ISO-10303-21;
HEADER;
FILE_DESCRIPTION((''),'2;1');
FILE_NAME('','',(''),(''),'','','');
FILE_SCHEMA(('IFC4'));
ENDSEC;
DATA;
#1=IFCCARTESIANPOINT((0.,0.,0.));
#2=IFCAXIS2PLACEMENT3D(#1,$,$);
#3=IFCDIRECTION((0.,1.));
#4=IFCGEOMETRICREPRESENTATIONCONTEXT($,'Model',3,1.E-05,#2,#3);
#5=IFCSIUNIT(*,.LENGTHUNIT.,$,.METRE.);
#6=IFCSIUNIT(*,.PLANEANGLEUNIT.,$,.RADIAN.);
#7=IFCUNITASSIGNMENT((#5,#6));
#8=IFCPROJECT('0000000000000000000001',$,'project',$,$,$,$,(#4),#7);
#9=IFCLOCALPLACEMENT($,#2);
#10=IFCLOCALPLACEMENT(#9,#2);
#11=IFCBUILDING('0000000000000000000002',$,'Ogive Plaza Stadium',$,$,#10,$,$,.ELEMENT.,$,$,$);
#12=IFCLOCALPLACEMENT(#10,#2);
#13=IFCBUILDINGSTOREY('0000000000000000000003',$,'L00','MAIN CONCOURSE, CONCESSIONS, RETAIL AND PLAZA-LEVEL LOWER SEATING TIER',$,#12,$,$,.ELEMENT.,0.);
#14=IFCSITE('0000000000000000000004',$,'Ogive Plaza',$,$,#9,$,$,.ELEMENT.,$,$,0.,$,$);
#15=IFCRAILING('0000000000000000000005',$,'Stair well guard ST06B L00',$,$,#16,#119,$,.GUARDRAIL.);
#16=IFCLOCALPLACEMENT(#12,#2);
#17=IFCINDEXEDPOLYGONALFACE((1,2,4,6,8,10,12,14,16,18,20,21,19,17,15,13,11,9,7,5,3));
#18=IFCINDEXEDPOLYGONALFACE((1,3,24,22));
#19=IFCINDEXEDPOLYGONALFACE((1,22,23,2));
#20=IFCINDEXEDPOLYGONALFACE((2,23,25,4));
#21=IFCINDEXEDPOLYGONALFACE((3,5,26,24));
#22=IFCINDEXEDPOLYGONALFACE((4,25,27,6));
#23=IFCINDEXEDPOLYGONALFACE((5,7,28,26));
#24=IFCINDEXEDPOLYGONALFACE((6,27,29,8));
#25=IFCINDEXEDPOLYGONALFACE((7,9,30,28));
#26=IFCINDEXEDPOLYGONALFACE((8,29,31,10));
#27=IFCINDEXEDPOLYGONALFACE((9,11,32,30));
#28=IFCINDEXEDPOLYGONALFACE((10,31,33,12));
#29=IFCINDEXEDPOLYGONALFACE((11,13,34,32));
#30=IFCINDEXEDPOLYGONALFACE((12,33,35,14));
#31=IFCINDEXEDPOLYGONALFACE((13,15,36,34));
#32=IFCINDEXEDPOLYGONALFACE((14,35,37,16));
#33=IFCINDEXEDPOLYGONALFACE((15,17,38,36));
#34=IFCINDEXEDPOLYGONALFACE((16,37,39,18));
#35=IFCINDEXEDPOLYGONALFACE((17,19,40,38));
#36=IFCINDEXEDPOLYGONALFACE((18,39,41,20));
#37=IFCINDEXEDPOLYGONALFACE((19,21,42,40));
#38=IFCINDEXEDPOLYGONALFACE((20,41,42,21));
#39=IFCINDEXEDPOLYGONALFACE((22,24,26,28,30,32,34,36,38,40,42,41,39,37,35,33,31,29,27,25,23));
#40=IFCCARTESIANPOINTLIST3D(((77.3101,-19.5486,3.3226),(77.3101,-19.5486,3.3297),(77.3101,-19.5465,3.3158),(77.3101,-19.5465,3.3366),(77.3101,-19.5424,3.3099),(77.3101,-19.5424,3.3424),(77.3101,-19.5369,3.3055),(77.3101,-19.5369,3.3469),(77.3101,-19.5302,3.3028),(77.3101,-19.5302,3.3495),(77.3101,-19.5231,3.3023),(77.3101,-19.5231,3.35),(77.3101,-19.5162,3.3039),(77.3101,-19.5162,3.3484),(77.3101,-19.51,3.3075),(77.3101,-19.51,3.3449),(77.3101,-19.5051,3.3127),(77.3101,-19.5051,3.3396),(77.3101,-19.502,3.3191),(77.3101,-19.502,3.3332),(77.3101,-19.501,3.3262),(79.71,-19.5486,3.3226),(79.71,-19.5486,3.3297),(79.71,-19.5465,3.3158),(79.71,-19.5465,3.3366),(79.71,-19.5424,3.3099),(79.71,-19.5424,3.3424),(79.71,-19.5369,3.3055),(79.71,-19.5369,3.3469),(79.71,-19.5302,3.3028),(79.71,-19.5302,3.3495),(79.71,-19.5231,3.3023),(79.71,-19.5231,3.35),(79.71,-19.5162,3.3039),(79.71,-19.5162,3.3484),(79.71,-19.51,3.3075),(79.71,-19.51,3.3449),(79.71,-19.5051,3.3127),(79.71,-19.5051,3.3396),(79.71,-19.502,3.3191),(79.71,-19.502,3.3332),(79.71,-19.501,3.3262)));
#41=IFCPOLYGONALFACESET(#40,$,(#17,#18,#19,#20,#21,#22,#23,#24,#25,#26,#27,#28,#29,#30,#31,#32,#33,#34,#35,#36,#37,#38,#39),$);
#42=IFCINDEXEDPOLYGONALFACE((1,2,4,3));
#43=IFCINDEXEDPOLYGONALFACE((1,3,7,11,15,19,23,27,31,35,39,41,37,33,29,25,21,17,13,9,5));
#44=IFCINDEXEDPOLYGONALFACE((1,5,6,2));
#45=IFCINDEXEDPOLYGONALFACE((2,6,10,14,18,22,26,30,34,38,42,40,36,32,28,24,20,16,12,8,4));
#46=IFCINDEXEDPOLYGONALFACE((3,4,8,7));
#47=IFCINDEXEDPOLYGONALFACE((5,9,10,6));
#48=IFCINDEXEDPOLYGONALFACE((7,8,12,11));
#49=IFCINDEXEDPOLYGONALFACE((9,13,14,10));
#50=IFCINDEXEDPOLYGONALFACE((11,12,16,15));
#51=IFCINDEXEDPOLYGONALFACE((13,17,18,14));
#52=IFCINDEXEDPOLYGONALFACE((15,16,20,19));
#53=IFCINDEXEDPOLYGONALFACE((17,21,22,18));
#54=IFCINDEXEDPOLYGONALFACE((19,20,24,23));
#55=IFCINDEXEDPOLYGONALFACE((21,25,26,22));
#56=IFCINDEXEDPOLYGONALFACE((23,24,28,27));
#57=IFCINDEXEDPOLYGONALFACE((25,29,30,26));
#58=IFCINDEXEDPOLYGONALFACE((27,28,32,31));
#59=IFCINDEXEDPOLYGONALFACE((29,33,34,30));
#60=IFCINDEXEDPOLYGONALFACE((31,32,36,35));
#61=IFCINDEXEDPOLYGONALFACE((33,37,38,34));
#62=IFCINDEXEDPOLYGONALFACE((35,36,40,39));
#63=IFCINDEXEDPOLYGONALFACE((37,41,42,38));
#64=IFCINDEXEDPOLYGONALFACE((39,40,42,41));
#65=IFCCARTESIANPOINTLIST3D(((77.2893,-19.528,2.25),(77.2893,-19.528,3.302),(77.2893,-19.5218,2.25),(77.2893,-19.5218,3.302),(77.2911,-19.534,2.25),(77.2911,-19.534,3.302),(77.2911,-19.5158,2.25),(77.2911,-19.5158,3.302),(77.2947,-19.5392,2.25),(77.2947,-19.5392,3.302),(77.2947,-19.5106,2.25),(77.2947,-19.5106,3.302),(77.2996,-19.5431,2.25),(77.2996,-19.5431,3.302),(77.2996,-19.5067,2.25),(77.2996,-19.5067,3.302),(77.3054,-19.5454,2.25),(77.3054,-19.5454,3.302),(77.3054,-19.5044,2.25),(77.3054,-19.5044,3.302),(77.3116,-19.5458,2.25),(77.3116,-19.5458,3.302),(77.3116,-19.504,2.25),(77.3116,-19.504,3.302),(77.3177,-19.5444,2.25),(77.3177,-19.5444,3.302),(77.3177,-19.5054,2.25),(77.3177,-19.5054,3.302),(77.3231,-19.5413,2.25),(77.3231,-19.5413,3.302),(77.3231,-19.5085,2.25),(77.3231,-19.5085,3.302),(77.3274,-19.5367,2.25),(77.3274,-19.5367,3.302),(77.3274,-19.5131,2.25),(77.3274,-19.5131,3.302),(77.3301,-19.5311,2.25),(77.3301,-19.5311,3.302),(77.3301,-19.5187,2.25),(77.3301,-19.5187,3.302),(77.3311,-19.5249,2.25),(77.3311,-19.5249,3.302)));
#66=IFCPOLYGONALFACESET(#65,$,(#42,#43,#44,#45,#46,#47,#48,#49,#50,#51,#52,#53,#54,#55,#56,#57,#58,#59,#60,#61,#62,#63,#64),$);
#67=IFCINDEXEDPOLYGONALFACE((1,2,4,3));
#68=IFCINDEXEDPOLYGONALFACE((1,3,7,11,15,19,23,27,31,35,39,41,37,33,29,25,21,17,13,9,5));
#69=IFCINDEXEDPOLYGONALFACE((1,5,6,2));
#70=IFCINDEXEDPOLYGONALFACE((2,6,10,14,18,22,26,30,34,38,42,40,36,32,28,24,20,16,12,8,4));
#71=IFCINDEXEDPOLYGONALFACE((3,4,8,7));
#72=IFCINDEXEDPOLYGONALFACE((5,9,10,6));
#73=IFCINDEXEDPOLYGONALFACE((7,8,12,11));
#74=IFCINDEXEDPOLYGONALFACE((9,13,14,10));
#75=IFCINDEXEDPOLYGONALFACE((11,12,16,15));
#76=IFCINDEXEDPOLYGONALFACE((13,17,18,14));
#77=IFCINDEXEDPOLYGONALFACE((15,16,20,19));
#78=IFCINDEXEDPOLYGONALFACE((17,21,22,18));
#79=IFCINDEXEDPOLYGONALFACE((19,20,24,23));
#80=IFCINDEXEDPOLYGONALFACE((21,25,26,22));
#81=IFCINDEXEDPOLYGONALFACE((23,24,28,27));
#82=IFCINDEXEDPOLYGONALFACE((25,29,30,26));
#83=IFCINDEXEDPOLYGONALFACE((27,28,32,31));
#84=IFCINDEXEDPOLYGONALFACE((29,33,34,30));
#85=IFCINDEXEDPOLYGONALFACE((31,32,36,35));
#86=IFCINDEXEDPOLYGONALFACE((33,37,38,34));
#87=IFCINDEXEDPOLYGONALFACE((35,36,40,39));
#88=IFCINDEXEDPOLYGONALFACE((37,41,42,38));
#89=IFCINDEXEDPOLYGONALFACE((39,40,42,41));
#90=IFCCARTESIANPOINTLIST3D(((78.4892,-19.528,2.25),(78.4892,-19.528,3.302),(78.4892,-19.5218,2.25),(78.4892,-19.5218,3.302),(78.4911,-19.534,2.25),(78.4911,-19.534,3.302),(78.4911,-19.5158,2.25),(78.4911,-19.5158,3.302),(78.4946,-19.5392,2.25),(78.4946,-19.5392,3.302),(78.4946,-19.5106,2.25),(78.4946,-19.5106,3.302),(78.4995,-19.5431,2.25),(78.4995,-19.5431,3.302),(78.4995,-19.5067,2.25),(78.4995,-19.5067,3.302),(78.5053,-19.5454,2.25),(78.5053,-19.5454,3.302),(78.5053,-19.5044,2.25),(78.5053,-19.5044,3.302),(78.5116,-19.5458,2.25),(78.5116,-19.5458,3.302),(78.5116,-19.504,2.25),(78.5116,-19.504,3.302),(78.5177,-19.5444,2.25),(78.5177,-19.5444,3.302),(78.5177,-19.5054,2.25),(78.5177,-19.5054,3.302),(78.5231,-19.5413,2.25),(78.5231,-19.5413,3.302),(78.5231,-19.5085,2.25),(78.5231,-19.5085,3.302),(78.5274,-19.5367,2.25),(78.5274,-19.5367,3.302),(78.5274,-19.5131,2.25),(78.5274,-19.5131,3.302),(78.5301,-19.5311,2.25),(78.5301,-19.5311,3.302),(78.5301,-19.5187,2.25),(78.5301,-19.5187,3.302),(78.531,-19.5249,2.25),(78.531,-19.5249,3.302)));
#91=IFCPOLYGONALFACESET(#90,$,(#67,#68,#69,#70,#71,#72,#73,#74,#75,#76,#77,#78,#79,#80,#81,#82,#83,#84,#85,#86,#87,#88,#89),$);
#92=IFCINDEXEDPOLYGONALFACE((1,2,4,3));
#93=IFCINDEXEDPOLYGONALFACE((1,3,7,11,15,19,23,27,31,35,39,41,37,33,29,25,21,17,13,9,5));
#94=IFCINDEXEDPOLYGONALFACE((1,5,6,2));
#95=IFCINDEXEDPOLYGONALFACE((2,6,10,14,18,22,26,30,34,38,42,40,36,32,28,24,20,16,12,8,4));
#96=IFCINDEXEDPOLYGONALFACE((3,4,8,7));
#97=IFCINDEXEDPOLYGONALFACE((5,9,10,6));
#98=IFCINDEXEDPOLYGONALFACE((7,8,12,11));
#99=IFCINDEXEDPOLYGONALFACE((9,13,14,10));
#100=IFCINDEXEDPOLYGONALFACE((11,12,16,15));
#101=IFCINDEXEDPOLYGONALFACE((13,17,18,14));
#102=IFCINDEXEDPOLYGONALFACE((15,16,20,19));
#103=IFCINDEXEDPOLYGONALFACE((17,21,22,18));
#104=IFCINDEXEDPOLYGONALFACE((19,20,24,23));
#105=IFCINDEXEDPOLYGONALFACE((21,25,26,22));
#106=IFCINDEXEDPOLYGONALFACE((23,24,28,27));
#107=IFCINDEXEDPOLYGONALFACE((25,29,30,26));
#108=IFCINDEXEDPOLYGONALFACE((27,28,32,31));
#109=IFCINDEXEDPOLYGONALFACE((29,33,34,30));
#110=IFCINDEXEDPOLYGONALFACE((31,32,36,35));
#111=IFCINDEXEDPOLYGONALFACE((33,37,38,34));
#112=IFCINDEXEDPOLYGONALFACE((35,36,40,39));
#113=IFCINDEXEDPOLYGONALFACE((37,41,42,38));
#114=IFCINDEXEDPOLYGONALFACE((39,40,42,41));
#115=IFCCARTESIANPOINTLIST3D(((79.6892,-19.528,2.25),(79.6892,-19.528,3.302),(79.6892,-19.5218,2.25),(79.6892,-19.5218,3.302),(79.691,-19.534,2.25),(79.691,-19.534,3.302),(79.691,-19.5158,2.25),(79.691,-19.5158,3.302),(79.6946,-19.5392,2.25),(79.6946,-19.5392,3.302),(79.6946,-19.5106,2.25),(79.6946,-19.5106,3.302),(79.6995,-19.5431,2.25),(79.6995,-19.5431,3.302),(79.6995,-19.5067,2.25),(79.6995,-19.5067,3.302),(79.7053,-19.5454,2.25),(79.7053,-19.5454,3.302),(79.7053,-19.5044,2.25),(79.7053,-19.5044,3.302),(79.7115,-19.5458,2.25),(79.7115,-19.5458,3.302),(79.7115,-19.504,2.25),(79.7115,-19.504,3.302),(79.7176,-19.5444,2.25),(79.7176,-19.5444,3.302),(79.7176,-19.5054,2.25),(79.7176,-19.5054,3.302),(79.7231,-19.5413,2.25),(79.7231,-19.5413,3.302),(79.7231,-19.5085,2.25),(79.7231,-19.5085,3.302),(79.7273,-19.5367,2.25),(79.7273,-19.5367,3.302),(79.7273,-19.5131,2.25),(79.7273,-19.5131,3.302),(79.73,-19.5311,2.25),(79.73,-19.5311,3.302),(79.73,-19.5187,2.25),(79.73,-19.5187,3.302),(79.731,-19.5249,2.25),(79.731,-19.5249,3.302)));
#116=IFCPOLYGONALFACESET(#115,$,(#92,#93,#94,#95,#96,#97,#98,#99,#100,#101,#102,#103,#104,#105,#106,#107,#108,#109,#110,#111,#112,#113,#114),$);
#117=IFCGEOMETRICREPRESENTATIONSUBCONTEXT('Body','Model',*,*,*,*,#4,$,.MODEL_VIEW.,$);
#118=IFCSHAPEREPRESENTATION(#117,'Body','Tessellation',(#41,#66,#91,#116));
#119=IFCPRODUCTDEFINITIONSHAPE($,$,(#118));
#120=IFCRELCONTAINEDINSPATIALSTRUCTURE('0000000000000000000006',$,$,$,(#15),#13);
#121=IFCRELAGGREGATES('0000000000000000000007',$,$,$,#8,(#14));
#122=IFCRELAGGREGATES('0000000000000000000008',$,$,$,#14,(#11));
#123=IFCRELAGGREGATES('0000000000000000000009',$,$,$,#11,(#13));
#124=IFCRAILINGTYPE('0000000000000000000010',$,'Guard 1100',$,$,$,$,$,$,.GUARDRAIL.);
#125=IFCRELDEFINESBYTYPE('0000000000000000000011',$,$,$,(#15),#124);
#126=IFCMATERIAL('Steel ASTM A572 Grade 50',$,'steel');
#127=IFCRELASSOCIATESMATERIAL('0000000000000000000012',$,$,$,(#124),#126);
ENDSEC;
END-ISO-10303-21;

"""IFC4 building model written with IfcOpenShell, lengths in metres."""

from ifc_helpers import new_model, si_unit, direction, frame, origin, origin_2d, place, context, subcontext, project, spatial, circle, extrude, material, type_object, element, save


model = new_model("IFC4")

# Units and contexts
model_context = context("Model", 3, precision=1e-05, world=origin(), true_north=direction((0.0, 1.0)))
body_context = subcontext(model_context, "Body", "Model", "MODEL_VIEW")
ifc_project = project(units=[si_unit("LENGTHUNIT", "METRE"), si_unit("PLANEANGLEUNIT", "RADIAN")], contexts=[model_context])

# Site, building, storey
site_placement = place(None, origin())
site = spatial("IfcSite", under=ifc_project, at=site_placement, Name="Ogive Plaza", CompositionType="ELEMENT", RefElevation=0.0)
building_placement = place(site_placement, origin())
building = spatial("IfcBuilding", under=site, at=building_placement, Name="Ogive Plaza Stadium", CompositionType="ELEMENT")
storey_placement = place(building_placement, origin())
storey = spatial("IfcBuildingStorey", under=building, at=storey_placement, Name="L00", Description="MAIN CONCOURSE, CONCESSIONS, RETAIL AND PLAZA-LEVEL LOWER SEATING TIER", CompositionType="ELEMENT", Elevation=0.0)

# Railing
ifc_material_1 = material(Name="Steel ASTM A572 Grade 50", Category="steel")
railing_type_1 = type_object("IfcRailingType", Name="Guard 1100", PredefinedType="GUARDRAIL", material=ifc_material_1)
railing_1_placement = place(storey_placement, frame((77.3101, -19.5249, 2.25)))
element("IfcRailing", 1, at=railing_1_placement, inside=storey, type_object=railing_type_1, Name="Stair well guard ST06B L00", PredefinedType="GUARDRAIL", context=body_context, shape_type="SweptSolid", body=[
    extrude(circle(Radius=0.0239, at=origin_2d()), frame((0.0, 0.0, 1.0762), z_axis=(1.0, 0.0, 0.0), x_axis=(0.0, 1.0, 0.0)), (0.0, 0.0, 1.0), 2.3999),
    extrude(circle(Radius=0.021, at=origin_2d()), origin(), (0.0, 0.0, 1.0), 1.052),
    extrude(circle(Radius=0.021, at=origin_2d()), frame((1.2, 0.0, 0.0)), (0.0, 0.0, 1.0), 1.052),
    extrude(circle(Radius=0.021, at=origin_2d()), frame((2.3999, 0.0, 0.0)), (0.0, 0.0, 1.0), 1.052),
])

save(model, "model.ifc")
